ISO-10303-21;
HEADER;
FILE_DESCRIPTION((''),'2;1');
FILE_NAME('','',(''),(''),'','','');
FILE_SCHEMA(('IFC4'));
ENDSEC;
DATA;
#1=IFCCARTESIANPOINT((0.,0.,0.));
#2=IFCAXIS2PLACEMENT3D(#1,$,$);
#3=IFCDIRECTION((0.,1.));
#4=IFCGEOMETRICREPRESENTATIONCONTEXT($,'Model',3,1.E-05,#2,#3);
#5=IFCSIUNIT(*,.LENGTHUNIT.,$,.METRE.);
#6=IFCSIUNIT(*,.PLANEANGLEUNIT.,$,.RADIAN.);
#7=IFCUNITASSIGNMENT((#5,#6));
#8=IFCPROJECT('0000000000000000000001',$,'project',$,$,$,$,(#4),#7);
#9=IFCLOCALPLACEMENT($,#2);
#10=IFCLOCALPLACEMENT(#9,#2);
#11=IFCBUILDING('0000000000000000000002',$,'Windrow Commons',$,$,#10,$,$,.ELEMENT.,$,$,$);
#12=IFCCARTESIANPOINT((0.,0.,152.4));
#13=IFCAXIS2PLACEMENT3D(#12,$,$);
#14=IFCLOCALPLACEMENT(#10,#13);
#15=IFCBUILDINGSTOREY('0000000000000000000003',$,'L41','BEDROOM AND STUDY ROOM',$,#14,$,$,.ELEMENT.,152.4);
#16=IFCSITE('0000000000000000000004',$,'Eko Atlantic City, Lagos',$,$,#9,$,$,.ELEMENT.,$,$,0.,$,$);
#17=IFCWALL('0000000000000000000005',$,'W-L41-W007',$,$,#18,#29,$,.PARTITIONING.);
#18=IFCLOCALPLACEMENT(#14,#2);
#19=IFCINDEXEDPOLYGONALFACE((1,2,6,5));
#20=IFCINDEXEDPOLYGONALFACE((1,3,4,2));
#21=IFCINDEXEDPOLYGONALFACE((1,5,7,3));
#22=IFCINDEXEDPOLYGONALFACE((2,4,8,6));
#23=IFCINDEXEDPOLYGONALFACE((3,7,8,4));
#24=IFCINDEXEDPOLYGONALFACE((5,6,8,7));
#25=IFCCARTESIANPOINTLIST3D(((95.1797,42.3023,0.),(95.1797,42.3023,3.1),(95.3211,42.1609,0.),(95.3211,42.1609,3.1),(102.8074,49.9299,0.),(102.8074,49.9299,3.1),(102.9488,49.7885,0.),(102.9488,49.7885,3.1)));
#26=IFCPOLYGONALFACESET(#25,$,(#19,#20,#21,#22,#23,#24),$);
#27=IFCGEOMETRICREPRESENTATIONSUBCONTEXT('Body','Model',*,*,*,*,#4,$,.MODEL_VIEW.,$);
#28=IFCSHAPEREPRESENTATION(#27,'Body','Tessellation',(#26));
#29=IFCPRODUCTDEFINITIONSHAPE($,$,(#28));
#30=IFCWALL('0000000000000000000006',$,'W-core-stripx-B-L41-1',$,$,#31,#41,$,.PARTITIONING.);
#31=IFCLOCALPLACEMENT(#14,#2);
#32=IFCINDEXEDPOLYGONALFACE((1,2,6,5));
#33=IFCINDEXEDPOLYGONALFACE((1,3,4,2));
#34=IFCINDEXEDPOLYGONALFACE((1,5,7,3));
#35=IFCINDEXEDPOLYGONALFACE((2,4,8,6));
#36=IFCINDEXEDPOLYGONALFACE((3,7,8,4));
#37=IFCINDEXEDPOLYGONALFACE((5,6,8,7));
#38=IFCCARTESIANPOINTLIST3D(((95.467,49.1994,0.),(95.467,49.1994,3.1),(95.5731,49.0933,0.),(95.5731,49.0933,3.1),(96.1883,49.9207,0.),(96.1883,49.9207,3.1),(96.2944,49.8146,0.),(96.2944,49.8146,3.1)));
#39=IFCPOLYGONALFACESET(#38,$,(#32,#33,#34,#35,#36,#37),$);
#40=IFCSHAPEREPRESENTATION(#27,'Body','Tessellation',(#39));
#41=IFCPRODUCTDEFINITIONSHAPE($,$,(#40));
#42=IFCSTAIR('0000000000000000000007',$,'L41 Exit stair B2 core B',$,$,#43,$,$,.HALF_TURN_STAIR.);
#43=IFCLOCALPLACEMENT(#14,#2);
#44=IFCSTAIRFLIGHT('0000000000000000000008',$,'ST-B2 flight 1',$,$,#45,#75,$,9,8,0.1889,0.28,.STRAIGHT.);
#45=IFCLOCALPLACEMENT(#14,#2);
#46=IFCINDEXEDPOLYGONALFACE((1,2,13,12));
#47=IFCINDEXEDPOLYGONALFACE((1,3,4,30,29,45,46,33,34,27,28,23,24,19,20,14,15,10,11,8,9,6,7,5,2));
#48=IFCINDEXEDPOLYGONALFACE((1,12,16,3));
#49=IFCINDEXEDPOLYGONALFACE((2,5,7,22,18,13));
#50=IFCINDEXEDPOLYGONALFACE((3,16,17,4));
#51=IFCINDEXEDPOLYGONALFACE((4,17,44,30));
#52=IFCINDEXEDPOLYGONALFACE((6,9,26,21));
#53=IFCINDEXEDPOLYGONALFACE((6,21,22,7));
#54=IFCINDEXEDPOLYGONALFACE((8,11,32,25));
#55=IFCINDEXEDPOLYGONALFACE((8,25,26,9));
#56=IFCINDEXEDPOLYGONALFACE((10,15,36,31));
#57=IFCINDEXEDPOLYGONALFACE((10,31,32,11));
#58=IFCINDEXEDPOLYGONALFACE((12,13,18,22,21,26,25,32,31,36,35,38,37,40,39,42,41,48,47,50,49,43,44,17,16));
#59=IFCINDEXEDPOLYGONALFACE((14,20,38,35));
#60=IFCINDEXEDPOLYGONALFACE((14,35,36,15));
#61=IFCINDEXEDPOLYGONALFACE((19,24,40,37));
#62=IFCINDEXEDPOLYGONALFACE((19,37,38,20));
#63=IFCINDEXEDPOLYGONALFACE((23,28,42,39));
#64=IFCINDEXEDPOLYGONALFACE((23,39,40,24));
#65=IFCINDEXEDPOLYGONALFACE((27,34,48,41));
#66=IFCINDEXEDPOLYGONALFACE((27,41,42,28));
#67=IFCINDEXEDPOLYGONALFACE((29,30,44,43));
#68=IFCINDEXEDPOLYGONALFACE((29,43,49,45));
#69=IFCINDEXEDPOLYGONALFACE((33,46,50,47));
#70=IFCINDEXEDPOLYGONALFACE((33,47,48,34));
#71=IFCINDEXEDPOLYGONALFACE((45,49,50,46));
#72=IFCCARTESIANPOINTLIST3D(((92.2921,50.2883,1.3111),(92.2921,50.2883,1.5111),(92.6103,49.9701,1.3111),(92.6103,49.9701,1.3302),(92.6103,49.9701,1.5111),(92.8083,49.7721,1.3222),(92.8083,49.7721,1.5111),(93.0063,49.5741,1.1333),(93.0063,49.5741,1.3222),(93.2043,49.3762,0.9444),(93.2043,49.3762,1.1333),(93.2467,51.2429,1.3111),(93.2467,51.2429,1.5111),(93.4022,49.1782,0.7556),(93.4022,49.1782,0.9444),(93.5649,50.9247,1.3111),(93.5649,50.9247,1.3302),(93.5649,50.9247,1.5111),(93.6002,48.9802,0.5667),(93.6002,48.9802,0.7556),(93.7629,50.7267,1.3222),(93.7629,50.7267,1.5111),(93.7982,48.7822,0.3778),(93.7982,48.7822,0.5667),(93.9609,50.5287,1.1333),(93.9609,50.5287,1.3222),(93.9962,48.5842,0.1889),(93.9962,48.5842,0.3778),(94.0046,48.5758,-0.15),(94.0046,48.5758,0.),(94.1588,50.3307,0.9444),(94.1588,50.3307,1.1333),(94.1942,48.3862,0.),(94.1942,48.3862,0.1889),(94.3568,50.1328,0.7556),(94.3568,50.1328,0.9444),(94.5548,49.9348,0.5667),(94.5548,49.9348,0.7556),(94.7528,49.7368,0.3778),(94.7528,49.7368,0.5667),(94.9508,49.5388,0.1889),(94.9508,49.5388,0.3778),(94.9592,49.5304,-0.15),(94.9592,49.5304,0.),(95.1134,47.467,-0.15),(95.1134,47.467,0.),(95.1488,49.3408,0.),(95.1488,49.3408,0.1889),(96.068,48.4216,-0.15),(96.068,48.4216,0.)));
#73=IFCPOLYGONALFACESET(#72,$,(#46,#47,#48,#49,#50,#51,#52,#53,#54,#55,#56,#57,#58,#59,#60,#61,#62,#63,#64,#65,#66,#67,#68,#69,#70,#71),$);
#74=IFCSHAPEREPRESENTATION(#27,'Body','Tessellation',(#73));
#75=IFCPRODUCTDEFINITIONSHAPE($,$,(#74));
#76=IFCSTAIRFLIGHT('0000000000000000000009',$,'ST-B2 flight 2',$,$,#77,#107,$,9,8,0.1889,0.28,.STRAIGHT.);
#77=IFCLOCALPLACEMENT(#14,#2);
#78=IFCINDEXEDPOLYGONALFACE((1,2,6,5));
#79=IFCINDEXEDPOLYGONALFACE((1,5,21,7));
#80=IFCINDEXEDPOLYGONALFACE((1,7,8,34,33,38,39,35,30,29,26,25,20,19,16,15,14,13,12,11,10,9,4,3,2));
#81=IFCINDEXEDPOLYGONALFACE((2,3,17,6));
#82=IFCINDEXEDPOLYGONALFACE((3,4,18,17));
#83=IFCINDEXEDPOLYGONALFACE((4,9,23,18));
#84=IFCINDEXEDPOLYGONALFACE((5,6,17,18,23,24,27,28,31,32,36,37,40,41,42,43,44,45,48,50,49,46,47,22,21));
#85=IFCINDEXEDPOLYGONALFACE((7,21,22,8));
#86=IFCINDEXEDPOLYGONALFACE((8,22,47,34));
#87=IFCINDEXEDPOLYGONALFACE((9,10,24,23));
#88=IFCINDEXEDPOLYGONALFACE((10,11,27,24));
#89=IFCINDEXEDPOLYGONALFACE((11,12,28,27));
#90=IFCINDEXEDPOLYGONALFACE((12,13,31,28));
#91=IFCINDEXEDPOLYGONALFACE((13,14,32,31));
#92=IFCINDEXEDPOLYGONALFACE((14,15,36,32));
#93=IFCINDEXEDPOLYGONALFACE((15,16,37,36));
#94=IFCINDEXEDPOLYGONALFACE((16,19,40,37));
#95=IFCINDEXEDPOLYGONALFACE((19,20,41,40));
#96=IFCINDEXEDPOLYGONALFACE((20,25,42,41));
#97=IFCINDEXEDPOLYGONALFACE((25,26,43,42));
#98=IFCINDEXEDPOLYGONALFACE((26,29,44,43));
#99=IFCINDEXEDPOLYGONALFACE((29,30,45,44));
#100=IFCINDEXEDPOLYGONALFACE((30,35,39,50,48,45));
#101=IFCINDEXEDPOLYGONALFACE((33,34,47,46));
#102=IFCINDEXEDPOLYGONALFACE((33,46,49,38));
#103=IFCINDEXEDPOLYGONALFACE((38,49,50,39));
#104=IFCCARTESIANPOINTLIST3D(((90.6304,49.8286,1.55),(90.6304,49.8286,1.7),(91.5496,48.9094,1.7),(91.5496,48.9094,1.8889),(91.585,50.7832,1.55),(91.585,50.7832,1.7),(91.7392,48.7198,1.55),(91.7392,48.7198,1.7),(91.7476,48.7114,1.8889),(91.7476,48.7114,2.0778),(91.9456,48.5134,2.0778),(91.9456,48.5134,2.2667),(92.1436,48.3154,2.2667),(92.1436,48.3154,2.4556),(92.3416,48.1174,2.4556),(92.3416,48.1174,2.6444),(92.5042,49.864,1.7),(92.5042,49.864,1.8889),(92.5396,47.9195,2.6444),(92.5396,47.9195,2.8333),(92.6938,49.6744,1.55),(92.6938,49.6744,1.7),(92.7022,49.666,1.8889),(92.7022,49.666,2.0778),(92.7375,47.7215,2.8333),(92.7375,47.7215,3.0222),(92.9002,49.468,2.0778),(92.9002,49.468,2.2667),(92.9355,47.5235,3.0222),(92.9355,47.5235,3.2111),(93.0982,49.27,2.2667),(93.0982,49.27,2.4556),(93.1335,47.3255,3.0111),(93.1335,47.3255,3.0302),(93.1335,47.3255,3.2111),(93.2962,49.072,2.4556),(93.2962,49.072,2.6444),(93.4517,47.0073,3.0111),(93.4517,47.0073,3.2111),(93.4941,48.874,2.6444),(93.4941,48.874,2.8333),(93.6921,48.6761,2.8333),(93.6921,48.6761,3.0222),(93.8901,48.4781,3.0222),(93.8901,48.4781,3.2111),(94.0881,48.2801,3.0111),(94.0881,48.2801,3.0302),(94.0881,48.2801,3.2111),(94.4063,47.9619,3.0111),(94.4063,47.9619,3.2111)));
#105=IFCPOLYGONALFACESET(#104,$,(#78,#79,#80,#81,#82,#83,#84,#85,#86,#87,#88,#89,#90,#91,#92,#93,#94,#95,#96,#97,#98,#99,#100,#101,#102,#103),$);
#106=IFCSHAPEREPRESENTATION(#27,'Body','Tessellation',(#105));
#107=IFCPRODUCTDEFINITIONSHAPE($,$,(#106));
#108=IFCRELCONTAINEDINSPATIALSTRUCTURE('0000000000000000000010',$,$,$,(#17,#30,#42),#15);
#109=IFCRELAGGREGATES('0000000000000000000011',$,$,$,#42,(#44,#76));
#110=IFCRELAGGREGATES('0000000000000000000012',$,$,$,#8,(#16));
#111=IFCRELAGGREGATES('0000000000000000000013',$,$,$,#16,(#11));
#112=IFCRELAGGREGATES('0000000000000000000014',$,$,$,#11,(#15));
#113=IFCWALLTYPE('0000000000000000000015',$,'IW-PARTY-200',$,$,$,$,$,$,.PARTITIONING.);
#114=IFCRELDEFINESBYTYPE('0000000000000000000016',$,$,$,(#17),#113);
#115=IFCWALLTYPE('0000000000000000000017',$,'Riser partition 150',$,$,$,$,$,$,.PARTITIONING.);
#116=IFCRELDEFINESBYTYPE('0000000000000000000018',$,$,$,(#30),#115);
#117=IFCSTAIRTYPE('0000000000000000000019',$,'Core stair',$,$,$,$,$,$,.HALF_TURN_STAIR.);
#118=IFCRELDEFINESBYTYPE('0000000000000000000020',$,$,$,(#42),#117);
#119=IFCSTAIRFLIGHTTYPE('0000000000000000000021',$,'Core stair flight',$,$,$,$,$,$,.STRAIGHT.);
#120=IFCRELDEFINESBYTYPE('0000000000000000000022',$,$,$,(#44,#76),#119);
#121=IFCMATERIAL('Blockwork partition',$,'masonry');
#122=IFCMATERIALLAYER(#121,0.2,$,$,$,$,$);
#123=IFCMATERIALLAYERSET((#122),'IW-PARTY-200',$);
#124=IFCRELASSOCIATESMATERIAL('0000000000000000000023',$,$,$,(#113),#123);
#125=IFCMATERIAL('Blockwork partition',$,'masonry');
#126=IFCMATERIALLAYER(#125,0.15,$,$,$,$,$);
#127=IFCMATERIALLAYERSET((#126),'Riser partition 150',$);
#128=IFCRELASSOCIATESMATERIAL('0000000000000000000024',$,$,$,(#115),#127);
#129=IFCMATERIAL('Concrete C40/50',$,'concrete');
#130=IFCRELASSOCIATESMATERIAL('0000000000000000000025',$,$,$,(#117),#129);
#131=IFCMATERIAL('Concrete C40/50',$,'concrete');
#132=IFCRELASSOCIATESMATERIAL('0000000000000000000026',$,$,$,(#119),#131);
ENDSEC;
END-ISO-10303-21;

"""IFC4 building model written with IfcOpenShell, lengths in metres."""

from ifc_helpers import new_model, si_unit, direction, frame, frame_2d, origin, place, context, subcontext, project, spatial, polyline, rectangle, outline, extrude, material, layer, layer_set, type_object, element, aggregate, save


model = new_model("IFC4")

# Units and contexts
model_context = context("Model", 3, precision=1e-05, world=origin(), true_north=direction((0.0, 1.0)))
body_context = subcontext(model_context, "Body", "Model", "MODEL_VIEW")
ifc_project = project(units=[si_unit("LENGTHUNIT", "METRE"), si_unit("PLANEANGLEUNIT", "RADIAN")], contexts=[model_context])

# Site, building, storey
site_placement = place(None, origin())
site = spatial("IfcSite", under=ifc_project, at=site_placement, Name="Eko Atlantic City, Lagos", CompositionType="ELEMENT", RefElevation=0.0)
building_placement = place(site_placement, origin())
building = spatial("IfcBuilding", under=site, at=building_placement, Name="Windrow Commons", CompositionType="ELEMENT")
storey_placement = place(building_placement, frame((0.0, 0.0, 152.4)))
storey = spatial("IfcBuildingStorey", under=building, at=storey_placement, Name="L41", Description="BEDROOM AND STUDY ROOM", CompositionType="ELEMENT", Elevation=152.4)

# Walls
ifc_material_1 = material(Name="Blockwork partition", Category="masonry")
ifc_layer_1 = layer(ifc_material_1, 0.2)
ifc_layer_set_1 = layer_set([ifc_layer_1], Name="IW-PARTY-200")
wall_type_1 = type_object("IfcWallType", Name="IW-PARTY-200", PredefinedType="PARTITIONING", material=ifc_layer_set_1)
wall_1_placement = place(storey_placement, frame((95.2504, 42.2316, 0.0), z_axis=(0.0, 0.0, 1.0), x_axis=(0.707111, 0.707102, 0.0)))
element("IfcWall", 1, at=wall_1_placement, inside=storey, type_object=wall_type_1, Name="W-L41-W007", PredefinedType="PARTITIONING", context=body_context, shape_type="SweptSolid", body=[
    extrude(rectangle(XDim=10.7871, YDim=0.2, at=frame_2d((5.3936, 0.0))), origin(), (0.0, 0.0, 1.0), 3.1),
])
ifc_material_2 = material(Name="Blockwork partition", Category="masonry")
ifc_layer_2 = layer(ifc_material_2, 0.15)
ifc_layer_set_2 = layer_set([ifc_layer_2], Name="Riser partition 150")
wall_type_2 = type_object("IfcWallType", Name="Riser partition 150", PredefinedType="PARTITIONING", material=ifc_layer_set_2)
wall_2_placement = place(storey_placement, frame((95.52, 49.1463, 0.0), z_axis=(0.0, 0.0, 1.0), x_axis=(0.707107, 0.707107, 0.0)))
element("IfcWall", 2, at=wall_2_placement, inside=storey, type_object=wall_type_2, Name="W-core-stripx-B-L41-1", PredefinedType="PARTITIONING", context=body_context, shape_type="SweptSolid", body=[
    extrude(rectangle(XDim=1.0201, YDim=0.15, at=frame_2d((0.5101, 0.0))), origin(), (0.0, 0.0, 1.0), 3.1),
])

# Stair, stair flights
ifc_material_3 = material(Name="Concrete C40/50", Category="concrete")
stair_type = type_object("IfcStairType", Name="Core stair", PredefinedType="HALF_TURN_STAIR", material=ifc_material_3)
stair_placement = place(storey_placement, origin())
stair = element("IfcStair", 3, at=stair_placement, inside=storey, type_object=stair_type, Name="L41 Exit stair B2 core B", PredefinedType="HALF_TURN_STAIR")
ifc_material_4 = material(Name="Concrete C40/50", Category="concrete")
stair_flight_type = type_object("IfcStairFlightType", Name="Core stair flight", PredefinedType="STRAIGHT", material=ifc_material_4)
stair_flight_1_placement = place(storey_placement, frame((94.6715, 48.8635, 0.0), z_axis=(0.0, 0.0, 1.0), x_axis=(-0.707107, 0.707107, 0.0)))
stair_flight_1 = element("IfcStairFlight", 4, at=stair_flight_1_placement, type_object=stair_flight_type, Name="ST-B2 flight 1", NumberOfRisers=9, NumberOfTreads=8, PredefinedType="STRAIGHT", RiserHeight=0.1889, TreadLength=0.28, context=body_context, shape_type="SweptSolid", body=[
    extrude(outline(polyline([(-1.3, -0.15), (-1.3, 0.0), (0.0, 0.0), (0.0, 0.1889), (0.28, 0.1889), (0.28, 0.3778), (0.56, 0.3778), (0.56, 0.5667), (0.84, 0.5667), (0.84, 0.7556), (1.12, 0.7556), (1.12, 0.9444), (1.4, 0.9444), (1.4, 1.1333), (1.68, 1.1333), (1.68, 1.3222), (1.96, 1.3222), (1.96, 1.5111), (2.24, 1.5111), (2.69, 1.5111), (2.69, 1.3111), (2.24, 1.3111), (2.24, 1.3302), (0.2682, 0.0), (0.2682, -0.15), (-1.3, -0.15)])), frame((0.0, 0.675, 0.0), z_axis=(0.0, -1.0, 0.0), x_axis=(1.0, 0.0, 0.0)), (0.0, 0.0, 1.0), 1.35),
])
stair_flight_2_placement = place(storey_placement, frame((92.0269, 49.3867, 1.7), z_axis=(0.0, 0.0, 1.0), x_axis=(0.707107, -0.707107, 0.0)))
stair_flight_2 = element("IfcStairFlight", 5, at=stair_flight_2_placement, type_object=stair_flight_type, Name="ST-B2 flight 2", NumberOfRisers=9, NumberOfTreads=8, PredefinedType="STRAIGHT", RiserHeight=0.1889, TreadLength=0.28, context=body_context, shape_type="SweptSolid", body=[
    extrude(outline(polyline([(-1.3, -0.15), (-1.3, 0.0), (0.0, 0.0), (0.0, 0.1889), (0.28, 0.1889), (0.28, 0.3778), (0.56, 0.3778), (0.56, 0.5667), (0.84, 0.5667), (0.84, 0.7556), (1.12, 0.7556), (1.12, 0.9444), (1.4, 0.9444), (1.4, 1.1333), (1.68, 1.1333), (1.68, 1.3222), (1.96, 1.3222), (1.96, 1.5111), (2.24, 1.5111), (2.69, 1.5111), (2.69, 1.3111), (2.24, 1.3111), (2.24, 1.3302), (0.2682, 0.0), (0.2682, -0.15), (-1.3, -0.15)])), frame((0.0, 0.675, 0.0), z_axis=(0.0, -1.0, 0.0), x_axis=(1.0, 0.0, 0.0)), (0.0, 0.0, 1.0), 1.35),
])
aggregate(stair, [stair_flight_1, stair_flight_2])

save(model, "model.ifc")
